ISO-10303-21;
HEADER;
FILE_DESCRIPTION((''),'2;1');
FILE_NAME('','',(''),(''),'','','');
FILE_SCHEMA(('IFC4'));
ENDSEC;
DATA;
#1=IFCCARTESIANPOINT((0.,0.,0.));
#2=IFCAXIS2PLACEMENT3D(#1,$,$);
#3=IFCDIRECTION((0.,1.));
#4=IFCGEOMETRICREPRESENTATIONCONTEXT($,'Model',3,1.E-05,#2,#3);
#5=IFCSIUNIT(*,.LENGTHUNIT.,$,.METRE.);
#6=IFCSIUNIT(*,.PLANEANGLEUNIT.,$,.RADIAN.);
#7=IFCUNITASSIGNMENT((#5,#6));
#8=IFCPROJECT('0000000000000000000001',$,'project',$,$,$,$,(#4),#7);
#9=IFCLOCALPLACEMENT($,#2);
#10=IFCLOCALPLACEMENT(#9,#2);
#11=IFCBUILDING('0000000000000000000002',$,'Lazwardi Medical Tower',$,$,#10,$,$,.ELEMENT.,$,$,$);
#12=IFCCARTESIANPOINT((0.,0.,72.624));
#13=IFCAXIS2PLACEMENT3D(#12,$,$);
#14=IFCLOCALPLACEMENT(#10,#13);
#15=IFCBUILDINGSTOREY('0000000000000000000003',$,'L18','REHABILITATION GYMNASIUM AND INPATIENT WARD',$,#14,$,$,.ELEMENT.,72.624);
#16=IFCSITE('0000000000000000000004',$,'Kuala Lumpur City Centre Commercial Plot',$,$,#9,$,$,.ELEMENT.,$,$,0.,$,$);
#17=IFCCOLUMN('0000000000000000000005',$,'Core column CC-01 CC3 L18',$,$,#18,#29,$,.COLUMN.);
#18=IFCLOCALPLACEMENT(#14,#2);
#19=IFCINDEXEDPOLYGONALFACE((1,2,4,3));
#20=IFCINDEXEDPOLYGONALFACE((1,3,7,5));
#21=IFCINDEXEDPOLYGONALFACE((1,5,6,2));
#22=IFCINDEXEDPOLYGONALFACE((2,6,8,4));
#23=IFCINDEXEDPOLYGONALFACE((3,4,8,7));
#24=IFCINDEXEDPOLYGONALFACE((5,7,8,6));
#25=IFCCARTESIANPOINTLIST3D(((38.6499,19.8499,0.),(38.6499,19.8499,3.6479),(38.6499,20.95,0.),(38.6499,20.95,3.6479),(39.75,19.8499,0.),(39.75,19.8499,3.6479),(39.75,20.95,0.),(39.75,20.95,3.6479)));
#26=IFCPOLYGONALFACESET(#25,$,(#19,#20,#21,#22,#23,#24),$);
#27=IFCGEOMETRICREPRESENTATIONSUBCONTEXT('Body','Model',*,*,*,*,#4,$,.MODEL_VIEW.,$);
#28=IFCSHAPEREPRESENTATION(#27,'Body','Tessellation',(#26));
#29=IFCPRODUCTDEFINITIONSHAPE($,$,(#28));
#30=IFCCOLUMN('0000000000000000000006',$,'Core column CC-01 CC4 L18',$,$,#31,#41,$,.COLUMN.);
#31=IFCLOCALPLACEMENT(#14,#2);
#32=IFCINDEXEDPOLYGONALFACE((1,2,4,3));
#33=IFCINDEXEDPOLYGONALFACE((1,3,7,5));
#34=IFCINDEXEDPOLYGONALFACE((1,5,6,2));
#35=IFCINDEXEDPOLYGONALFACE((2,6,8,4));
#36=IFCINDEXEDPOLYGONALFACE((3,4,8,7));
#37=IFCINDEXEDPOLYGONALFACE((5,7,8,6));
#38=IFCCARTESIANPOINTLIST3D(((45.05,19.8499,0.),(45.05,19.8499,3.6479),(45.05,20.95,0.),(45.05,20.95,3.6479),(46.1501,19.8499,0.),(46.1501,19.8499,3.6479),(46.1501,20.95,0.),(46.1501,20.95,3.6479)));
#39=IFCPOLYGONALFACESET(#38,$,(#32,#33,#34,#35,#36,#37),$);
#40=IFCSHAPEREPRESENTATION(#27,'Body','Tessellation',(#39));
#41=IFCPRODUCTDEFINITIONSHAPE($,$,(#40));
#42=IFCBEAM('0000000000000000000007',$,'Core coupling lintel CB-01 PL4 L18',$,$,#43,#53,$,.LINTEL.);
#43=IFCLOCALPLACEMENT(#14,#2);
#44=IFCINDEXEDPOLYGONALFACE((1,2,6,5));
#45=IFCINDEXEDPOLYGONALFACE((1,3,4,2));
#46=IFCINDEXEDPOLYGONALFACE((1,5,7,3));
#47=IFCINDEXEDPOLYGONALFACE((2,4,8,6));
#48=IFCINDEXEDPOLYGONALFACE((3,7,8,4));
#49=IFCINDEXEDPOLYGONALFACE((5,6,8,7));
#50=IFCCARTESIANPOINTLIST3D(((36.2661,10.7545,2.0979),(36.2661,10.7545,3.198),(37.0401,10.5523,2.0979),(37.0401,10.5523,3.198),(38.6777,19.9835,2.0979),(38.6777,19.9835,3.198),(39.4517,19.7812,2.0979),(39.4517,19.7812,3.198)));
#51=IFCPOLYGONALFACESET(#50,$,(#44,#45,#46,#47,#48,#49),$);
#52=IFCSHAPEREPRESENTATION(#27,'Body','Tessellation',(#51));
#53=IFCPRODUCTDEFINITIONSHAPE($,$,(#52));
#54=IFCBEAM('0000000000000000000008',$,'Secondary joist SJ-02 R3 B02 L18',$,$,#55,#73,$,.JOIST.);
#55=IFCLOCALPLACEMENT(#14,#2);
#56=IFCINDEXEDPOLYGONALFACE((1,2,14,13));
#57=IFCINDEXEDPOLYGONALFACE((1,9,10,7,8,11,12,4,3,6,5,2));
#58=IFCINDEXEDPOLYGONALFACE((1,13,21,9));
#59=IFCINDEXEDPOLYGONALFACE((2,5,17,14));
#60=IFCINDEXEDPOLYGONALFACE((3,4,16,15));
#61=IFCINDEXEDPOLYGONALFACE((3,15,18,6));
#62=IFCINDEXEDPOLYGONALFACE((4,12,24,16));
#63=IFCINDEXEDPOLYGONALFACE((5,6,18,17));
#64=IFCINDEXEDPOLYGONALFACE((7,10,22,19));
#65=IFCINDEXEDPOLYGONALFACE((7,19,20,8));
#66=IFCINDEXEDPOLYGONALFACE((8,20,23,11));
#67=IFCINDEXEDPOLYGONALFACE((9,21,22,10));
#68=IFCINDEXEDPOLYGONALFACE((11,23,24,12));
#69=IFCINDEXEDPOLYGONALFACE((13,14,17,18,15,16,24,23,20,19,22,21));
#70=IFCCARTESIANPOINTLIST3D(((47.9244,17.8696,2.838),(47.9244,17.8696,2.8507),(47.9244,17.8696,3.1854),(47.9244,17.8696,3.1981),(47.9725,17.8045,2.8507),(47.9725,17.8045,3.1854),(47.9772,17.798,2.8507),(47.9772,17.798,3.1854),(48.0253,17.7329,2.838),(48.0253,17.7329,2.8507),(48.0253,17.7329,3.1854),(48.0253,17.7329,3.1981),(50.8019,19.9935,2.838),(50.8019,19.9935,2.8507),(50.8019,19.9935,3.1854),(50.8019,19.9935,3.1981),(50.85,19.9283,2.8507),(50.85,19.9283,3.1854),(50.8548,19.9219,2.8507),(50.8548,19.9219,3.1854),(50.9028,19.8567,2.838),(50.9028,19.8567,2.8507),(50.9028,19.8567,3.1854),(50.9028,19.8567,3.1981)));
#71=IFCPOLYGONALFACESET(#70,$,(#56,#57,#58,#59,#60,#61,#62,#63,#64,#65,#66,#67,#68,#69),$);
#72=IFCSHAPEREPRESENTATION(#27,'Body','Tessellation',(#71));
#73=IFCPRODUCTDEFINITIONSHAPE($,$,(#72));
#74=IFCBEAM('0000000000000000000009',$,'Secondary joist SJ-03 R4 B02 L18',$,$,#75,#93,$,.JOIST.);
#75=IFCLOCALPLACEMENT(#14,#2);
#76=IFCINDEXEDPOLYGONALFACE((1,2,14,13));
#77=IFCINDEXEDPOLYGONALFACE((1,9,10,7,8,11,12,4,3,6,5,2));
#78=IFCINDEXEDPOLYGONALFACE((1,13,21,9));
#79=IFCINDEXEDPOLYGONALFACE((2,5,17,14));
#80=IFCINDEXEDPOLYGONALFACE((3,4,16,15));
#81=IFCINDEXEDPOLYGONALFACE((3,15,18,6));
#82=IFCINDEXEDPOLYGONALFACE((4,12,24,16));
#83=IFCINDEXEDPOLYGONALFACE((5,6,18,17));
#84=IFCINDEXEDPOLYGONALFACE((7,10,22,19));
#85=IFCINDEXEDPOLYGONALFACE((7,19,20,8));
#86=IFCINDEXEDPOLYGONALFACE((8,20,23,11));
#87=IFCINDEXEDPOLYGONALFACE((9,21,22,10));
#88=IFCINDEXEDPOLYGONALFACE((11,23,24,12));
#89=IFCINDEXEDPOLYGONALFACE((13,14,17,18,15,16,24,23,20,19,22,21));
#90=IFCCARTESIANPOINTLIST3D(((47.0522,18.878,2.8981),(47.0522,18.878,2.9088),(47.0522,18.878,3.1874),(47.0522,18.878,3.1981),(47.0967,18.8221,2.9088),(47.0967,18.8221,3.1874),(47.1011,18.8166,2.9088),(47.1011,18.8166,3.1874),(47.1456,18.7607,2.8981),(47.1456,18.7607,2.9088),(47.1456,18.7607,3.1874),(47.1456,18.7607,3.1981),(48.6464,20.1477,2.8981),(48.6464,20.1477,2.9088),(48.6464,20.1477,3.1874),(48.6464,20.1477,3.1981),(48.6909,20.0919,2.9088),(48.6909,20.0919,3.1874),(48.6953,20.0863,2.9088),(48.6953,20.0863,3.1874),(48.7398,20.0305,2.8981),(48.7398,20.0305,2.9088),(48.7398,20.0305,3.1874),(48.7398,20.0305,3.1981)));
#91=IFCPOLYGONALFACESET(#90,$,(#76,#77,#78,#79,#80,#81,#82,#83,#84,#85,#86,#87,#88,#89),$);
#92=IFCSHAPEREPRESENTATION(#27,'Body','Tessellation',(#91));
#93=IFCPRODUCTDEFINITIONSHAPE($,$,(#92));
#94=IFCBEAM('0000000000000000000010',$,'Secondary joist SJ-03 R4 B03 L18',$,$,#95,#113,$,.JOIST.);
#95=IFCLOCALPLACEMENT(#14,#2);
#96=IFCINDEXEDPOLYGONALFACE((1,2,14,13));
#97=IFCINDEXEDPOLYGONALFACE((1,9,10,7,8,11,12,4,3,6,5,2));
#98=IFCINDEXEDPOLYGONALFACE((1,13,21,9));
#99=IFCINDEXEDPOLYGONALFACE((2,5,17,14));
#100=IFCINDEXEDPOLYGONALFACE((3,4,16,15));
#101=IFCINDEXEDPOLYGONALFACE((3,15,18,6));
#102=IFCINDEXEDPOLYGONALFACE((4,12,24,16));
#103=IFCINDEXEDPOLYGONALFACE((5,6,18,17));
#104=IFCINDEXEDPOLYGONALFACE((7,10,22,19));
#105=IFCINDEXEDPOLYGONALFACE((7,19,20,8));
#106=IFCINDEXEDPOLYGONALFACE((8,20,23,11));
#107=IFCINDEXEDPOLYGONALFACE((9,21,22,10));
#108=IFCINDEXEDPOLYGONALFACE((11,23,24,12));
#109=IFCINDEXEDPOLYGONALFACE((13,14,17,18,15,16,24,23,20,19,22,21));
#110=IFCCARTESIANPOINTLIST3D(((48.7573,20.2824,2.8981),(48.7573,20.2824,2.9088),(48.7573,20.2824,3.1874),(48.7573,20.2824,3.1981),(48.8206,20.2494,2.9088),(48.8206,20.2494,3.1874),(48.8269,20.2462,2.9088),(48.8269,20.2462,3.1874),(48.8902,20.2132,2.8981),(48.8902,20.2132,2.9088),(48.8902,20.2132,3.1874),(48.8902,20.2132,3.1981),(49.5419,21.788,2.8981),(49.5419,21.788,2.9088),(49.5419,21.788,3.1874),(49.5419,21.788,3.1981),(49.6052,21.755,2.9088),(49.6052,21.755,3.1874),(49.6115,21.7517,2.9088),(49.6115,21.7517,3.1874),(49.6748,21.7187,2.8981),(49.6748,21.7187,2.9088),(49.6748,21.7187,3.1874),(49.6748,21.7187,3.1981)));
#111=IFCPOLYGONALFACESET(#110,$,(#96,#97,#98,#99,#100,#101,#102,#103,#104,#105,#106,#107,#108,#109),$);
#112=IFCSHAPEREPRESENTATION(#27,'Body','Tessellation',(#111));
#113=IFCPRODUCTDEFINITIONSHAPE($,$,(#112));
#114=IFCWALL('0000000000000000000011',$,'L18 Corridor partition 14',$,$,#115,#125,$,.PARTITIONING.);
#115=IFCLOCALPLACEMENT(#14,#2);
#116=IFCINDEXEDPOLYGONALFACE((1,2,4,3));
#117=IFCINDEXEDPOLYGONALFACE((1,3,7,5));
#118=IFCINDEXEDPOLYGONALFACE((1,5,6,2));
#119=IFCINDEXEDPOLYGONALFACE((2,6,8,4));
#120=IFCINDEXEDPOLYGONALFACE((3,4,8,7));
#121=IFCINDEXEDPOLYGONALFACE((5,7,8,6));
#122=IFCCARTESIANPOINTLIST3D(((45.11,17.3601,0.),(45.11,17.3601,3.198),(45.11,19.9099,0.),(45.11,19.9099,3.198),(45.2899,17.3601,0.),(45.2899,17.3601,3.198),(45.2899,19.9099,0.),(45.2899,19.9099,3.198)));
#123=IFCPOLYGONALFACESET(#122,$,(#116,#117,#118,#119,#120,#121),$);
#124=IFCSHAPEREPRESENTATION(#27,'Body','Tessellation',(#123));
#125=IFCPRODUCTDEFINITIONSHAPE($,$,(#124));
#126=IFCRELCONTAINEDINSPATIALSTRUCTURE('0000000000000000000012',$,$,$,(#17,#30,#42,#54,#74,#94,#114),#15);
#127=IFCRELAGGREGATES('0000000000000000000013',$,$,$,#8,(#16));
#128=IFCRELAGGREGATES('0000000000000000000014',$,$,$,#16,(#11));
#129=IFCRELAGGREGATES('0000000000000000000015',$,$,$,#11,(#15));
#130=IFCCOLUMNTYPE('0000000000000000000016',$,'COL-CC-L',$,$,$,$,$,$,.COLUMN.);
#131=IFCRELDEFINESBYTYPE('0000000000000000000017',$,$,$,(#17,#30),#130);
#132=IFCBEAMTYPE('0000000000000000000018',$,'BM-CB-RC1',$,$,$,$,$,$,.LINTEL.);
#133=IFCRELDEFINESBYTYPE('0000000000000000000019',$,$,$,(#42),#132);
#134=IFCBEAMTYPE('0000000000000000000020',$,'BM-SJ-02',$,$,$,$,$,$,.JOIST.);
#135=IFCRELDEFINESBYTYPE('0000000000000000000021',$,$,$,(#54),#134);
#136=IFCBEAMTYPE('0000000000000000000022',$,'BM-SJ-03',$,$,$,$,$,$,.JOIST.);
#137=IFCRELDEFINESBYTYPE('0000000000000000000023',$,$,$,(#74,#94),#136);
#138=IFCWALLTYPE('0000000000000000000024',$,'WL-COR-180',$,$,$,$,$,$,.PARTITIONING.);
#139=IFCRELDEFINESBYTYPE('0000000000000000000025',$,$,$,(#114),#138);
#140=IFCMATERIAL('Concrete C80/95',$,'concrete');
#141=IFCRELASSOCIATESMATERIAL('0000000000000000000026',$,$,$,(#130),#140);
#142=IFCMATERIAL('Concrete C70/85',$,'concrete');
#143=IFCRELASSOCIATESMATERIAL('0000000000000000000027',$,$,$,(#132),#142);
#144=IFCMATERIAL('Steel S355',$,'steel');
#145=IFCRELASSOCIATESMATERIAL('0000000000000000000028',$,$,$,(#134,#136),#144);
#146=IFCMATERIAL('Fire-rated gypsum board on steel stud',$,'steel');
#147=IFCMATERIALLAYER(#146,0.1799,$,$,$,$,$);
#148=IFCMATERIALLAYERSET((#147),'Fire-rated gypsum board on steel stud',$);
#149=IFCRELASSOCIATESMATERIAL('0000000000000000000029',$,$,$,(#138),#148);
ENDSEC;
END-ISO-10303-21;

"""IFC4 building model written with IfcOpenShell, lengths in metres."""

from ifc_helpers import new_model, si_unit, direction, frame, frame_2d, origin, origin_2d, place, context, subcontext, project, spatial, rectangle, i_section, extrude, material, layer, layer_set, material_profile, profile_set, type_object, element, save


model = new_model("IFC4")

# Units and contexts
model_context = context("Model", 3, precision=1e-05, world=origin(), true_north=direction((0.0, 1.0)))
body_context = subcontext(model_context, "Body", "Model", "MODEL_VIEW")
ifc_project = project(units=[si_unit("LENGTHUNIT", "METRE"), si_unit("PLANEANGLEUNIT", "RADIAN")], contexts=[model_context])

# Site, building, storey
site_placement = place(None, origin())
site = spatial("IfcSite", under=ifc_project, at=site_placement, Name="Kuala Lumpur City Centre Commercial Plot", CompositionType="ELEMENT", RefElevation=0.0)
building_placement = place(site_placement, origin())
building = spatial("IfcBuilding", under=site, at=building_placement, Name="Lazwardi Medical Tower", CompositionType="ELEMENT")
storey_placement = place(building_placement, frame((0.0, 0.0, 72.624)))
storey = spatial("IfcBuildingStorey", under=building, at=storey_placement, Name="L18", Description="REHABILITATION GYMNASIUM AND INPATIENT WARD", CompositionType="ELEMENT", Elevation=72.624)

# Columns
ifc_material_1 = material(Name="Concrete C80/95", Category="concrete")
ifc_material_profile_1 = material_profile(ifc_material_1, rectangle(XDim=1.1001, YDim=1.1001, at=origin_2d()), Name="RC 1100x1100")
ifc_profile_set_1 = profile_set([ifc_material_profile_1], Name="Concrete C80/95")
column_type = type_object("IfcColumnType", Name="COL-CC-L", PredefinedType="COLUMN", material=ifc_profile_set_1)
for number, where, z_axis, x_axis, name in (
    (1, (39.2, 20.3999, 0.0), (0.0, 0.0, 1.0), (1.0, 0.0, 0.0), "Core column CC-01 CC3 L18"),
    (2, (45.6001, 20.3999, 0.0), (0.0, 0.0, 1.0), (1.0, 0.0, 0.0), "Core column CC-01 CC4 L18"),
):
    element("IfcColumn", number, at=place(storey_placement, frame(where, z_axis=z_axis, x_axis=x_axis)), inside=storey, type_object=column_type, Name=name, PredefinedType="COLUMN", context=body_context, shape_type="SweptSolid", body=[
        extrude(rectangle(XDim=1.1001, YDim=1.1001, at=origin_2d()), origin(), (0.0, 0.0, 1.0), 3.6479),
    ])

# Beams
ifc_material_2 = material(Name="Concrete C70/85", Category="concrete")
ifc_material_profile_2 = material_profile(ifc_material_2, rectangle(XDim=0.8, YDim=1.1001, at=origin_2d()), Name="RC 800x1100")
ifc_profile_set_2 = profile_set([ifc_material_profile_2], Name="Concrete C70/85")
beam_type_1 = type_object("IfcBeamType", Name="BM-CB-RC1", PredefinedType="LINTEL", material=ifc_profile_set_2)
beam_1_placement = place(storey_placement, frame((39.0647, 19.8823, 2.6479), z_axis=(-0.25282, -0.967513, 0.0), x_axis=(0.967513, -0.25282, 0.0)))
element("IfcBeam", 3, at=beam_1_placement, inside=storey, type_object=beam_type_1, Name="Core coupling lintel CB-01 PL4 L18", PredefinedType="LINTEL", context=body_context, shape_type="SweptSolid", body=[
    extrude(rectangle(XDim=0.8, YDim=1.1001, at=origin_2d()), origin(), (0.0, 0.0, 1.0), 9.5388),
])
ifc_material_3 = material(Name="Steel S355", Category="steel")
ifc_material_profile_3 = material_profile(ifc_material_3, i_section(OverallWidth=0.1699, OverallDepth=0.3601, WebThickness=0.0081, FlangeThickness=0.0127, at=origin_2d()), Name="IPE 360")
ifc_profile_set_3 = profile_set([ifc_material_profile_3], Name="Steel S355")
beam_type_2 = type_object("IfcBeamType", Name="BM-SJ-02", PredefinedType="JOIST", material=ifc_profile_set_3)
beam_2_placement = place(storey_placement, frame((47.9749, 17.8013, 3.0181), z_axis=(0.80458, 0.593844, 0.0), x_axis=(-0.593844, 0.80458, 0.0)))
element("IfcBeam", 4, at=beam_2_placement, inside=storey, type_object=beam_type_2, Name="Secondary joist SJ-02 R3 B02 L18", PredefinedType="JOIST", context=body_context, shape_type="SweptSolid", body=[
    extrude(i_section(OverallWidth=0.1699, OverallDepth=0.3601, WebThickness=0.0081, FlangeThickness=0.0127, at=origin_2d()), origin(), (0.0, 0.0, 1.0), 3.5764),
])
ifc_material_profile_4 = material_profile(ifc_material_3, i_section(OverallWidth=0.1499, OverallDepth=0.3, WebThickness=0.0071, FlangeThickness=0.0107, at=origin_2d()), Name="IPE 300")
ifc_profile_set_4 = profile_set([ifc_material_profile_4], Name="Steel S355")
beam_type_3 = type_object("IfcBeamType", Name="BM-SJ-03", PredefinedType="JOIST", material=ifc_profile_set_4)
beam_3_placement = place(storey_placement, frame((47.0989, 18.8193, 3.0481), z_axis=(0.782211, 0.623014, 0.0), x_axis=(-0.623014, 0.782211, 0.0)))
element("IfcBeam", 5, at=beam_3_placement, inside=storey, type_object=beam_type_3, Name="Secondary joist SJ-03 R4 B02 L18", PredefinedType="JOIST", context=body_context, shape_type="SweptSolid", body=[
    extrude(i_section(OverallWidth=0.1499, OverallDepth=0.3, WebThickness=0.0071, FlangeThickness=0.0107, at=origin_2d()), origin(), (0.0, 0.0, 1.0), 2.0381),
])
beam_4_placement = place(storey_placement, frame((48.8237, 20.2478, 3.0481), z_axis=(0.462163, 0.886795, 0.0), x_axis=(-0.886795, 0.462163, 0.0)))
element("IfcBeam", 6, at=beam_4_placement, inside=storey, type_object=beam_type_3, Name="Secondary joist SJ-03 R4 B03 L18", PredefinedType="JOIST", context=body_context, shape_type="SweptSolid", body=[
    extrude(i_section(OverallWidth=0.1499, OverallDepth=0.3, WebThickness=0.0071, FlangeThickness=0.0107, at=origin_2d()), origin(), (0.0, 0.0, 1.0), 1.6978),
])

# Wall
ifc_material_4 = material(Name="Fire-rated gypsum board on steel stud", Category="steel")
ifc_layer_1 = layer(ifc_material_4, 0.1799)
ifc_layer_set_1 = layer_set([ifc_layer_1], Name="Fire-rated gypsum board on steel stud")
wall_type_1 = type_object("IfcWallType", Name="WL-COR-180", PredefinedType="PARTITIONING", material=ifc_layer_set_1)
wall_1_placement = place(storey_placement, frame((45.2, 19.9099, 0.0), z_axis=(0.0, 0.0, 1.0), x_axis=(0.0, -1.0, 0.0)))
element("IfcWall", 7, at=wall_1_placement, inside=storey, type_object=wall_type_1, Name="L18 Corridor partition 14", PredefinedType="PARTITIONING", context=body_context, shape_type="SweptSolid", body=[
    extrude(rectangle(XDim=2.5498, YDim=0.1799, at=frame_2d((1.2749, 0.0))), origin(), (0.0, 0.0, 1.0), 3.198),
])

save(model, "model.ifc")
